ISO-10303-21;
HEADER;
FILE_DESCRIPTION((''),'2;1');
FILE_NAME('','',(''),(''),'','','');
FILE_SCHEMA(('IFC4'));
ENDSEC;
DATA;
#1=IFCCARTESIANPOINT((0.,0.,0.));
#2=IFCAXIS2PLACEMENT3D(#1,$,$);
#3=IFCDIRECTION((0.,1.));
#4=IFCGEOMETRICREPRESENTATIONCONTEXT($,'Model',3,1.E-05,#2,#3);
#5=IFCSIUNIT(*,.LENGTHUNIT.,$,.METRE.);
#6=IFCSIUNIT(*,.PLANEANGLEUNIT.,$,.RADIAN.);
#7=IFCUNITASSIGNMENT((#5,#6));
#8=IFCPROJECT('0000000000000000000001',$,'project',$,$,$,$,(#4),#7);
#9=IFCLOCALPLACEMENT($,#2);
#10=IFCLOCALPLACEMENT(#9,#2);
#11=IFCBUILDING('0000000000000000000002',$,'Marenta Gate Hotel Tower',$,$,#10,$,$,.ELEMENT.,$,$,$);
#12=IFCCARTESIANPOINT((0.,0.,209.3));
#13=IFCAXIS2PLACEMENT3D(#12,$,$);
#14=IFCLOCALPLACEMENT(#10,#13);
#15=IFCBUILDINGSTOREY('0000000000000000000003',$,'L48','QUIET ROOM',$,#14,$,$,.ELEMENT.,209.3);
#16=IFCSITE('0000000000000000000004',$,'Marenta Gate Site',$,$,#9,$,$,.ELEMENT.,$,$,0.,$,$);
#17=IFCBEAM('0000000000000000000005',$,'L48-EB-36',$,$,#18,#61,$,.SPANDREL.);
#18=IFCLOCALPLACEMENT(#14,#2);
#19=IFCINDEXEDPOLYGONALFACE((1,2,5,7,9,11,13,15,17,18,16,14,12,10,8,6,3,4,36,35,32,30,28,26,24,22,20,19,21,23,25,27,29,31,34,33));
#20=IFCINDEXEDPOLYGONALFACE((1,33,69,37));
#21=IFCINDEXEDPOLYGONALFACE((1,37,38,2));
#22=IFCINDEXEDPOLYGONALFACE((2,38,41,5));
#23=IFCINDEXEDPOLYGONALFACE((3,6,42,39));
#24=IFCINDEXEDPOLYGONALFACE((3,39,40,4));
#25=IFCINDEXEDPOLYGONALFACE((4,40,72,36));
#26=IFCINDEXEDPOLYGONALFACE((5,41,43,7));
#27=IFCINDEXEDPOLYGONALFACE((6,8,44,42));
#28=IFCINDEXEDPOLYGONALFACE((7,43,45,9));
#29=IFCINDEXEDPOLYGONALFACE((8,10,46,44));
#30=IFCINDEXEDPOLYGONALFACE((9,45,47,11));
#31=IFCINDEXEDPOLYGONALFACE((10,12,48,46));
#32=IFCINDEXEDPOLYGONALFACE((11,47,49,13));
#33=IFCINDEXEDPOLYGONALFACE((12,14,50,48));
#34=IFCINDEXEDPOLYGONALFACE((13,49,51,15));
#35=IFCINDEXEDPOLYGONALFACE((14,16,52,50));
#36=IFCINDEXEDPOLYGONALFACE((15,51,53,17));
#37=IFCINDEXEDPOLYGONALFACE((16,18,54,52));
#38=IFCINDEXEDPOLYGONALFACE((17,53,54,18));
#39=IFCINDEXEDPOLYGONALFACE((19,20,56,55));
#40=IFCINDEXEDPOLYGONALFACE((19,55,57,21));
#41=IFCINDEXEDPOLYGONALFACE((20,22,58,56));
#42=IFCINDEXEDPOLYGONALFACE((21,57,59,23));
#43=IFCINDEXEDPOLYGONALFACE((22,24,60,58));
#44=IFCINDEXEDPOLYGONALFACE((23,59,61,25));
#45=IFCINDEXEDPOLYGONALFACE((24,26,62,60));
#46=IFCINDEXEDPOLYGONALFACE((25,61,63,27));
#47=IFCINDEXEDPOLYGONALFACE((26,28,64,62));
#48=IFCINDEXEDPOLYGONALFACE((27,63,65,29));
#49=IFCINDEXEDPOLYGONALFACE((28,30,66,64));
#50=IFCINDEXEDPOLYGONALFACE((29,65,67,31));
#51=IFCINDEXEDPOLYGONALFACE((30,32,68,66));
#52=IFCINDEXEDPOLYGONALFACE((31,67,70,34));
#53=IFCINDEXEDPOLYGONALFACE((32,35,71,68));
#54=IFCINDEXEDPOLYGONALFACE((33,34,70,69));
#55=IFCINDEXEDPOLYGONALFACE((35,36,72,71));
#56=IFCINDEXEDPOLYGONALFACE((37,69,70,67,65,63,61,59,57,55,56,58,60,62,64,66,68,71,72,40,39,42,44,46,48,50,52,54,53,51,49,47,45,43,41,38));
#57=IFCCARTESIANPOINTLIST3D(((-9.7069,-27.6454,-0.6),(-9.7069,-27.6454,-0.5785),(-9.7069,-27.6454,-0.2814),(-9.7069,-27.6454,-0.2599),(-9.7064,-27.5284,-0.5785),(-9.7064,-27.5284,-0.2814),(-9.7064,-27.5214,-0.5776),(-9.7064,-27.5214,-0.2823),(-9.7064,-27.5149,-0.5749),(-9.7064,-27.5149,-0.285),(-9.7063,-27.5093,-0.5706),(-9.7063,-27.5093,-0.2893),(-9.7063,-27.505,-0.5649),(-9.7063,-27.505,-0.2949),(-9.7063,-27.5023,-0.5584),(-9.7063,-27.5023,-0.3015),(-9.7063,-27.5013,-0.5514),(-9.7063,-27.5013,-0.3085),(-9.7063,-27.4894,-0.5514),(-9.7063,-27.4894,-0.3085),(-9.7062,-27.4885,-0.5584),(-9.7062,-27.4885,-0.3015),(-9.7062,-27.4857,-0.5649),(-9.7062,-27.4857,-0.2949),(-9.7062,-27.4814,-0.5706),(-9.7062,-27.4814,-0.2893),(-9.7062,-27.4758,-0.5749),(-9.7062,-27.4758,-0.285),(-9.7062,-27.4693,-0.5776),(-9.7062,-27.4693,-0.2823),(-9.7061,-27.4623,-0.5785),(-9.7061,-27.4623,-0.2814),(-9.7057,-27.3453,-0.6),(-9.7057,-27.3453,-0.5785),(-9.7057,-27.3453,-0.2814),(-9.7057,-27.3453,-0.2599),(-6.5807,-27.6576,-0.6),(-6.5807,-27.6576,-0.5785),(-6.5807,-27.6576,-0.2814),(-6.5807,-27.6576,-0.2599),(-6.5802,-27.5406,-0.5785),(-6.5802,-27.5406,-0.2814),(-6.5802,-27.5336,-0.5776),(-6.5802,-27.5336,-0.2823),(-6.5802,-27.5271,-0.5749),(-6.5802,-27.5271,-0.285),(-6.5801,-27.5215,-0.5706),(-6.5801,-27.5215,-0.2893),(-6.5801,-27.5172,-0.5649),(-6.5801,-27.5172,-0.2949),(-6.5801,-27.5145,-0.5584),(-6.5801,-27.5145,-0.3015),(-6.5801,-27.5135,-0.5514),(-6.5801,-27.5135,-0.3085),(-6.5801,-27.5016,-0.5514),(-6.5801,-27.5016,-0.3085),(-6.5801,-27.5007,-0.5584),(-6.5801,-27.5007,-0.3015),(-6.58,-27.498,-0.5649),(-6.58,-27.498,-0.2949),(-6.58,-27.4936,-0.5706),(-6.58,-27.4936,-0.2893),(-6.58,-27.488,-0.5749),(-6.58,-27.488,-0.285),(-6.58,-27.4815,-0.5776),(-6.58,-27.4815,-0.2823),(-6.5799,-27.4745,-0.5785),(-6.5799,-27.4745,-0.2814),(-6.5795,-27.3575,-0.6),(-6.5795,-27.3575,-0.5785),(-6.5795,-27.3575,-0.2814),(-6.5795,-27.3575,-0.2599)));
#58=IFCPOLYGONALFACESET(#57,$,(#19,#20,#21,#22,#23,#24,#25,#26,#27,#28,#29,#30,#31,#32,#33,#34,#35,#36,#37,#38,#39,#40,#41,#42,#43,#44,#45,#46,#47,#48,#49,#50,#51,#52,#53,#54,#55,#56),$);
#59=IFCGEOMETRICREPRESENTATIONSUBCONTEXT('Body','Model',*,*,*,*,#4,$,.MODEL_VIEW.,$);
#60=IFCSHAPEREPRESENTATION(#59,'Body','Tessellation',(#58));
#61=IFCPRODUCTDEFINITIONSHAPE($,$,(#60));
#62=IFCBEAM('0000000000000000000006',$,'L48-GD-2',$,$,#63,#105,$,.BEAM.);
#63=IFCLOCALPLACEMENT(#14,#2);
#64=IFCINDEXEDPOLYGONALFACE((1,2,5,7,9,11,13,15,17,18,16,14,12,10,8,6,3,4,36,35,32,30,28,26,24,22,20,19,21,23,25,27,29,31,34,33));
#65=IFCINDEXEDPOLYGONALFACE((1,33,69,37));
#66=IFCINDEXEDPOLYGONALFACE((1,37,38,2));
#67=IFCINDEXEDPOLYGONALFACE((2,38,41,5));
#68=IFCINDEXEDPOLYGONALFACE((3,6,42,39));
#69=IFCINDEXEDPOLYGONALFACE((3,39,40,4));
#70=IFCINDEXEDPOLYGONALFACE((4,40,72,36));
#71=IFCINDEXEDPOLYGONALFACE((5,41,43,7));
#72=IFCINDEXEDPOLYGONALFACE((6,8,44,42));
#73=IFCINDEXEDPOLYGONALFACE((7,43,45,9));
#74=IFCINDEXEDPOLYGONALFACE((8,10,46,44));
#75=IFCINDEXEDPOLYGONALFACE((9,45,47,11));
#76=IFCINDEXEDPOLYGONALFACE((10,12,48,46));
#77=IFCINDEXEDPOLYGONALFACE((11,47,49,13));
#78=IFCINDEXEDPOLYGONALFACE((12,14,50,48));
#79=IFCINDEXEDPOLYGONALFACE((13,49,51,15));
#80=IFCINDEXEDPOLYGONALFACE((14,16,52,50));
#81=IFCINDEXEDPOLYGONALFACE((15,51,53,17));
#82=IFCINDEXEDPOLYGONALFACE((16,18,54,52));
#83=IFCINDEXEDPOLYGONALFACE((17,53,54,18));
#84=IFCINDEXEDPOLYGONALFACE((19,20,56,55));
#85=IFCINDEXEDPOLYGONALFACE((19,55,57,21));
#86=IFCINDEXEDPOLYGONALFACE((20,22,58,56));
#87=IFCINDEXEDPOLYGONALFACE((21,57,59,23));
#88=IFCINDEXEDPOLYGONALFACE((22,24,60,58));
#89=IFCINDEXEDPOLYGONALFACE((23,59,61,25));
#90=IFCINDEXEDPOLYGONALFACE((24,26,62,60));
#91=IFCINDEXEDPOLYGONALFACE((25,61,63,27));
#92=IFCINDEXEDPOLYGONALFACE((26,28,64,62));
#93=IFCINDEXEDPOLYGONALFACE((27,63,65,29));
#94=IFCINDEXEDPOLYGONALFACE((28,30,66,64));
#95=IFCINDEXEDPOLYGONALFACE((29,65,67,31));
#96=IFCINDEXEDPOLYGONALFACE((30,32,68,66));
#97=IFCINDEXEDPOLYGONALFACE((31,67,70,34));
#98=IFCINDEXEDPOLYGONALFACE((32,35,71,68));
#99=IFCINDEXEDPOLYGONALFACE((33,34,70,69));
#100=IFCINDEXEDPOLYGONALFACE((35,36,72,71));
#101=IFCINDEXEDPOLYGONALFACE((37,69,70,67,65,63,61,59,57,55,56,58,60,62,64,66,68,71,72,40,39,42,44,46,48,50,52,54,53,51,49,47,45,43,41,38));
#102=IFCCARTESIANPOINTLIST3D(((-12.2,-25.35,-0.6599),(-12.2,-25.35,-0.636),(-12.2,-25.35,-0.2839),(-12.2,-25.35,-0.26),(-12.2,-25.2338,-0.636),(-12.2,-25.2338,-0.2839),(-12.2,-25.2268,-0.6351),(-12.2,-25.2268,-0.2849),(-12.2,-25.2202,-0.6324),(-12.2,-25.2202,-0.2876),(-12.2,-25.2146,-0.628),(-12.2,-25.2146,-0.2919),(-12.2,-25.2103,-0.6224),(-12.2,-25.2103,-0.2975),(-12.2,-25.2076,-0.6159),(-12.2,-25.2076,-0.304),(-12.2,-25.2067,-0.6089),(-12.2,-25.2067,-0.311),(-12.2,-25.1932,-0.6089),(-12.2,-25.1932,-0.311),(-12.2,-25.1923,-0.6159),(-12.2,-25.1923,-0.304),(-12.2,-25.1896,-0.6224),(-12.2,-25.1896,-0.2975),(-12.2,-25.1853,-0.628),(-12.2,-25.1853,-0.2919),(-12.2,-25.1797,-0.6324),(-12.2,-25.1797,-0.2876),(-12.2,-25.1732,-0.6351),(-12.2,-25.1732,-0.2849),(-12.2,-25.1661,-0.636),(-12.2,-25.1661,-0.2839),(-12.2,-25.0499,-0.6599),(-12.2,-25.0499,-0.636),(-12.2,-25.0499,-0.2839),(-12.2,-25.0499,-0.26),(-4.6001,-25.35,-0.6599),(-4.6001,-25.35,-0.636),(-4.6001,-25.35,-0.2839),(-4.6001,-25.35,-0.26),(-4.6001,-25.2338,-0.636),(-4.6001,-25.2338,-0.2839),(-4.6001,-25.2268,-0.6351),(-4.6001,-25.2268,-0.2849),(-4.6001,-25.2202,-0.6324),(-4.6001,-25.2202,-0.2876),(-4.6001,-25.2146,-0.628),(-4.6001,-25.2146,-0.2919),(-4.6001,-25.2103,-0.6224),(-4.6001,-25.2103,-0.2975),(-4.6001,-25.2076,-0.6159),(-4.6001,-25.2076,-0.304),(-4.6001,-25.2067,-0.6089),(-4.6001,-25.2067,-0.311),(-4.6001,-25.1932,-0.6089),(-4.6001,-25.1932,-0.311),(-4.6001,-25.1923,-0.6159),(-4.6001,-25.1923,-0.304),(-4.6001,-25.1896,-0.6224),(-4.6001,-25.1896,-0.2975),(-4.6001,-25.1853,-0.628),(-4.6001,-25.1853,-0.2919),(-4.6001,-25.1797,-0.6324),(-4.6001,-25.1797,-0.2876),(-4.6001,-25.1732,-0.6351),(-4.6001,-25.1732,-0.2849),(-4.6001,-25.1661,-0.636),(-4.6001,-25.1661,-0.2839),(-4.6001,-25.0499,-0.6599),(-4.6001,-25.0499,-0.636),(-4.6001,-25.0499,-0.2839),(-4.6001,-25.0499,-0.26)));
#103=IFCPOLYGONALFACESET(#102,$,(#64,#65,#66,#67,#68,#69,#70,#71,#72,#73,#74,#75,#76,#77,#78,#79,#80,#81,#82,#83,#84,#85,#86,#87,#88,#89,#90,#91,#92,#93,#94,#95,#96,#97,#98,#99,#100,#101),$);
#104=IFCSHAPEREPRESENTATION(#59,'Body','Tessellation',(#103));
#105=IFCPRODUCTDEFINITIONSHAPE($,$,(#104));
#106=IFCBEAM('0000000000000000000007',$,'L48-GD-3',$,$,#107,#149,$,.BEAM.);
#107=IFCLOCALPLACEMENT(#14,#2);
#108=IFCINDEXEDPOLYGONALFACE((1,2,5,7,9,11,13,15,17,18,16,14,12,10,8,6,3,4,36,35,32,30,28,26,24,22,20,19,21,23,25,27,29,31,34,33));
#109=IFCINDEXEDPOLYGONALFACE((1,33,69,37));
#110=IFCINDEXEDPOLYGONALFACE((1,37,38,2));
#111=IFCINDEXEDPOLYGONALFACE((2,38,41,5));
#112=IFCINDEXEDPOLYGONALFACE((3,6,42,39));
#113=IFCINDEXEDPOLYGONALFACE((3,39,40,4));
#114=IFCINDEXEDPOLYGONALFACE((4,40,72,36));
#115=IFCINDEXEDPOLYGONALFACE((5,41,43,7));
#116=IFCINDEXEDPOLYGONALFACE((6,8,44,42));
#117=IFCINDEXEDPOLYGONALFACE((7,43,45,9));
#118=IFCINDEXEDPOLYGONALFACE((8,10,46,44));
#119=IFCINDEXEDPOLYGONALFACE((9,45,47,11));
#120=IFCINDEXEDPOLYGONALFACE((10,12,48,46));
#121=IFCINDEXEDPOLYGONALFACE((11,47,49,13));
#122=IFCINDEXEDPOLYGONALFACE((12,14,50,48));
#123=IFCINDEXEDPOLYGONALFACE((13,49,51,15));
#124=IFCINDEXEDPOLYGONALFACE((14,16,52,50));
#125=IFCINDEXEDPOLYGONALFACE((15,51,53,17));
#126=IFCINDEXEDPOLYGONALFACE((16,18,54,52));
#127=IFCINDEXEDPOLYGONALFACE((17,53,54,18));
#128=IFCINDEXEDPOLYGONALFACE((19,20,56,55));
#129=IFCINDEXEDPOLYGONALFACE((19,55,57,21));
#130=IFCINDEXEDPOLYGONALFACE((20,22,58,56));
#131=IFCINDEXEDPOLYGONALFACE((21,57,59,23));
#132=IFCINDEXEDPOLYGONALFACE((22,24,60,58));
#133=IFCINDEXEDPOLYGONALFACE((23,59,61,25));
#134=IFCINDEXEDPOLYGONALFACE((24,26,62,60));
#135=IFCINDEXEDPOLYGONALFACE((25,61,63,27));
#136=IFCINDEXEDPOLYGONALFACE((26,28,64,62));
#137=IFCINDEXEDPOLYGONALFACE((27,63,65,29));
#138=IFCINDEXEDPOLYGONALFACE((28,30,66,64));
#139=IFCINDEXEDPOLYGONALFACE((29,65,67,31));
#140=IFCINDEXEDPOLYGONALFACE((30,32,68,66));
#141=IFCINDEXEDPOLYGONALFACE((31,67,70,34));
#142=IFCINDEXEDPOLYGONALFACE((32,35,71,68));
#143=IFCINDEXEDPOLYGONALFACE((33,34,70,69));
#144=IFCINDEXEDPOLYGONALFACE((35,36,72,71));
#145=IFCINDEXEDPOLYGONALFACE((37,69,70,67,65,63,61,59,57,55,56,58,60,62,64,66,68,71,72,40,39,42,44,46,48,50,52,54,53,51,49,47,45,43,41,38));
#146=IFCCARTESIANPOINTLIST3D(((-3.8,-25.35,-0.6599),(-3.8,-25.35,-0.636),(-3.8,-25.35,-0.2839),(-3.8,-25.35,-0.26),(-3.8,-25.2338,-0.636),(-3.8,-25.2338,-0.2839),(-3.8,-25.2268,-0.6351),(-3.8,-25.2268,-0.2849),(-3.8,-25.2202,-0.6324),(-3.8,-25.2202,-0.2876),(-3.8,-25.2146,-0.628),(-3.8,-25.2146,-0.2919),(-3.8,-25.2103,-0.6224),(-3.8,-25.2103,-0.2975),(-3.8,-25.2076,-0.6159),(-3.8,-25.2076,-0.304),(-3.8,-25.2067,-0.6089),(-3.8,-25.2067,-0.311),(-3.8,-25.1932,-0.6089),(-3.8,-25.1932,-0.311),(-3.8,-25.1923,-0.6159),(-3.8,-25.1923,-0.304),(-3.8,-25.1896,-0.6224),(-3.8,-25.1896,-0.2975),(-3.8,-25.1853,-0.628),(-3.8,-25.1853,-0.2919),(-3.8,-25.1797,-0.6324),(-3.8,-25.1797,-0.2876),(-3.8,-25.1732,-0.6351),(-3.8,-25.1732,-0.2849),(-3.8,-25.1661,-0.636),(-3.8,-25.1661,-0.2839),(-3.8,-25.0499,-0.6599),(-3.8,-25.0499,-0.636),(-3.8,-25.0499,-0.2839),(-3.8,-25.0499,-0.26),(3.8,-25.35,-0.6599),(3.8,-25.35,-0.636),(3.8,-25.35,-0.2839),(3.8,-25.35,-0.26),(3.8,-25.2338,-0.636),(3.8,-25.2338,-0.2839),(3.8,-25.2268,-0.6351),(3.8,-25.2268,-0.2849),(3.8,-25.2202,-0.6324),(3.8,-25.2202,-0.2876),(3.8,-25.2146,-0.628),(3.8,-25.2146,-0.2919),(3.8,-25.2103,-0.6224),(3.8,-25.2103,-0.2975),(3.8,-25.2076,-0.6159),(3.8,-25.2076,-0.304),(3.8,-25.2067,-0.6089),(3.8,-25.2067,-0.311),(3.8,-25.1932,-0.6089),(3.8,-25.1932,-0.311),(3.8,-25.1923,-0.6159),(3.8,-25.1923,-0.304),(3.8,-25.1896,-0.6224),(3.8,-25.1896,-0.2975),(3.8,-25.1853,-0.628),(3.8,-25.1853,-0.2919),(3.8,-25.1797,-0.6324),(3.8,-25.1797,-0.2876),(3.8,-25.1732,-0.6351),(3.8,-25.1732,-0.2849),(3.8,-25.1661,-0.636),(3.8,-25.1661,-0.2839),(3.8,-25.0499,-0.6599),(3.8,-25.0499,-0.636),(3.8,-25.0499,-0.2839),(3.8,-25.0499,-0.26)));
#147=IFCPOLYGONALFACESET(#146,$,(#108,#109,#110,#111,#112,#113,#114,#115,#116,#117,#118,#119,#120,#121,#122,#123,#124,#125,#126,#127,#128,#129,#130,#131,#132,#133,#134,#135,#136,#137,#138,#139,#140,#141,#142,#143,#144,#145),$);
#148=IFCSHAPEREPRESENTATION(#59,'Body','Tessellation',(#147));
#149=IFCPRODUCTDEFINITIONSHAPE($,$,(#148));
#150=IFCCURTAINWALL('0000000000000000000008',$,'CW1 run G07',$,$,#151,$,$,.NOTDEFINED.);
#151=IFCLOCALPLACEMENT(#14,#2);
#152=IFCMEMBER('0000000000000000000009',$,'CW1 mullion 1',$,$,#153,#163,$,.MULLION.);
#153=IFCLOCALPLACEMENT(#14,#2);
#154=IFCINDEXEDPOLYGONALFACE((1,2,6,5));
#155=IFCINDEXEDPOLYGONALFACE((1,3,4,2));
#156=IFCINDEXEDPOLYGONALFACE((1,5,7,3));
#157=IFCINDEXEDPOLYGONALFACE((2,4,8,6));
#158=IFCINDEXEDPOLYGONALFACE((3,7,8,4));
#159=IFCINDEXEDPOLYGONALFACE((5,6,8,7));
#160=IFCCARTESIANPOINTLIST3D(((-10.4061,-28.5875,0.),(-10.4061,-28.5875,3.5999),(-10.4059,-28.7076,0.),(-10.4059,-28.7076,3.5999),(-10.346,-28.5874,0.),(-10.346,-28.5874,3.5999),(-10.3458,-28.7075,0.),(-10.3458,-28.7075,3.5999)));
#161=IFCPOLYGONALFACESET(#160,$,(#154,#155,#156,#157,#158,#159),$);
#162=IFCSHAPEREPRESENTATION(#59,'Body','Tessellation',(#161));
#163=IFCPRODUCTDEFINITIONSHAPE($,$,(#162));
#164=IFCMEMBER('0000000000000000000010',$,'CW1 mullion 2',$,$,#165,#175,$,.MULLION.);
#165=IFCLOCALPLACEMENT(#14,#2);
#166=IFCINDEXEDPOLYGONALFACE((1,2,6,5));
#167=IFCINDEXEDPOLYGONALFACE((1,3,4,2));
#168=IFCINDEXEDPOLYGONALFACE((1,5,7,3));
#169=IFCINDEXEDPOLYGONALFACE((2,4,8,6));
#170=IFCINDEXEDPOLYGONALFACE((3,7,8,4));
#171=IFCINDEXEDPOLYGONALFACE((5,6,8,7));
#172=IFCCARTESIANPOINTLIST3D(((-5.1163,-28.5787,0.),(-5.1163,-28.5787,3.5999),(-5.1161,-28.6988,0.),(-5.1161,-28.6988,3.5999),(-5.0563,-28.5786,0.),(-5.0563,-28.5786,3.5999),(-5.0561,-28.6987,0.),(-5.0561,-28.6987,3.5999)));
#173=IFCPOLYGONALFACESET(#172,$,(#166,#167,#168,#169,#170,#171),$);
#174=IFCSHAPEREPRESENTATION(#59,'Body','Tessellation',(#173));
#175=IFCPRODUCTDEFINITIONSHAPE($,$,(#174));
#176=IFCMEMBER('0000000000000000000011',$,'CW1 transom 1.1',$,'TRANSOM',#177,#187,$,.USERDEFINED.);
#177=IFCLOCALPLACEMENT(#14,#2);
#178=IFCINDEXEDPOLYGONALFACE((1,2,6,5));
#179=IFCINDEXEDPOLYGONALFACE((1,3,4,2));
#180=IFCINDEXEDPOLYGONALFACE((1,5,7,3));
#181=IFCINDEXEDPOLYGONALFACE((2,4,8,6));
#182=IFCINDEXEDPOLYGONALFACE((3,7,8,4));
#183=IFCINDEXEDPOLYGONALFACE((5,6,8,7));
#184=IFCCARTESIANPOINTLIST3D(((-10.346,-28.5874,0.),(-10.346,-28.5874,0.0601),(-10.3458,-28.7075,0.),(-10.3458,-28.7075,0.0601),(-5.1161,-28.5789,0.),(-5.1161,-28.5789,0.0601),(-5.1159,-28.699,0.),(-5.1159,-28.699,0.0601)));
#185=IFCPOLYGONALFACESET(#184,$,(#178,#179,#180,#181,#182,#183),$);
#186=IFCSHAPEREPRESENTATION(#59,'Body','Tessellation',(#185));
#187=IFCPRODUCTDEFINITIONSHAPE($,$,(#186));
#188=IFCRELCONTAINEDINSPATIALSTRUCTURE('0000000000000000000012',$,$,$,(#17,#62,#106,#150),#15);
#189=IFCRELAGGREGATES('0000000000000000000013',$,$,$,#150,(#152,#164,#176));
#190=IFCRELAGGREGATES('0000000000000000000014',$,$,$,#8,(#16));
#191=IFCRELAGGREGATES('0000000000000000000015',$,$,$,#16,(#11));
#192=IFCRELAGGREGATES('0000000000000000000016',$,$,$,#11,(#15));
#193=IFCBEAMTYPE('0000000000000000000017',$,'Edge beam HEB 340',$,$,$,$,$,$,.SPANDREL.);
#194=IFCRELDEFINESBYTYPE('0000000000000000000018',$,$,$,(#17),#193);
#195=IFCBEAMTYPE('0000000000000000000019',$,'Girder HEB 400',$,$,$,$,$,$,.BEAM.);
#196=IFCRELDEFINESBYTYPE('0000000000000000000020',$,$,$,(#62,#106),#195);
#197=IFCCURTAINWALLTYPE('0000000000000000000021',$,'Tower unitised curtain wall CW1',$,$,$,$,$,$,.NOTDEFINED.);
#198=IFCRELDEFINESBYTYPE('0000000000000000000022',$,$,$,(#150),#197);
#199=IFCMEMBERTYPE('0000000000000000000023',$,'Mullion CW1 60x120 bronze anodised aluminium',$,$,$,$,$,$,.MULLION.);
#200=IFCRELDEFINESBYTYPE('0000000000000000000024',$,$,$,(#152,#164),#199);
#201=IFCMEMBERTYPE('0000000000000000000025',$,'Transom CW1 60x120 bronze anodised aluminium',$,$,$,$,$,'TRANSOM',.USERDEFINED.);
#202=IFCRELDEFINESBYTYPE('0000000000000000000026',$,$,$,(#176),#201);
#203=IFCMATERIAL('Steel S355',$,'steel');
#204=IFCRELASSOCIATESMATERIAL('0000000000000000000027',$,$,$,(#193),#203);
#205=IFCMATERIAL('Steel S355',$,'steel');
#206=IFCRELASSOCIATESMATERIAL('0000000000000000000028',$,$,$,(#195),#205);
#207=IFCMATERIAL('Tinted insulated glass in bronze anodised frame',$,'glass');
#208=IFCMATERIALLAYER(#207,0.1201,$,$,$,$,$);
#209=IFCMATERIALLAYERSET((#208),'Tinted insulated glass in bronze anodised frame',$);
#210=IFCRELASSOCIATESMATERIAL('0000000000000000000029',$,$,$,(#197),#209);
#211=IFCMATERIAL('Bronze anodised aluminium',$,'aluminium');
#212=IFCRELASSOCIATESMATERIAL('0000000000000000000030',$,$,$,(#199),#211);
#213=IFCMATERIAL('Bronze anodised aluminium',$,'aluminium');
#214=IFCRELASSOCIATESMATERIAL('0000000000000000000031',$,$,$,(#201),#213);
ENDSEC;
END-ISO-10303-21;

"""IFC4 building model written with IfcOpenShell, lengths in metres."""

from ifc_helpers import new_model, si_unit, direction, frame, origin, origin_2d, place, context, subcontext, project, spatial, rectangle, i_section, extrude, material, layer, layer_set, material_profile, profile_set, type_object, element, aggregate, save


model = new_model("IFC4")

# Units and contexts
model_context = context("Model", 3, precision=1e-05, world=origin(), true_north=direction((0.0, 1.0)))
body_context = subcontext(model_context, "Body", "Model", "MODEL_VIEW")
ifc_project = project(units=[si_unit("LENGTHUNIT", "METRE"), si_unit("PLANEANGLEUNIT", "RADIAN")], contexts=[model_context])

# Site, building, storey
site_placement = place(None, origin())
site = spatial("IfcSite", under=ifc_project, at=site_placement, Name="Marenta Gate Site", CompositionType="ELEMENT", RefElevation=0.0)
building_placement = place(site_placement, origin())
building = spatial("IfcBuilding", under=site, at=building_placement, Name="Marenta Gate Hotel Tower", CompositionType="ELEMENT")
storey_placement = place(building_placement, frame((0.0, 0.0, 209.3)))
storey = spatial("IfcBuildingStorey", under=building, at=storey_placement, Name="L48", Description="QUIET ROOM", CompositionType="ELEMENT", Elevation=209.3)

# Beams
ifc_material_1 = material(Name="Steel S355", Category="steel")
ifc_material_profile_1 = material_profile(ifc_material_1, i_section(OverallWidth=0.3, OverallDepth=0.3401, WebThickness=0.012, FlangeThickness=0.0215, FilletRadius=0.0271, at=origin_2d()), Name="HEB 340")
ifc_profile_set_1 = profile_set([ifc_material_profile_1], Name="Steel S355")
beam_type_1 = type_object("IfcBeamType", Name="Edge beam HEB 340", PredefinedType="SPANDREL", material=ifc_profile_set_1)
beam_1_placement = place(storey_placement, frame((-6.5801, -27.5076, -0.4299), z_axis=(-0.999992, 0.003905, 0.0), x_axis=(-0.003905, -0.999992, 0.0)))
element("IfcBeam", 1, at=beam_1_placement, inside=storey, type_object=beam_type_1, Name="L48-EB-36", PredefinedType="SPANDREL", context=body_context, shape_type="SweptSolid", body=[
    extrude(i_section(OverallWidth=0.3, OverallDepth=0.3401, WebThickness=0.012, FlangeThickness=0.0215, FilletRadius=0.0271, at=origin_2d()), origin(), (0.0, 0.0, 1.0), 3.1262),
])
ifc_material_2 = material(Name="Steel S355", Category="steel")
ifc_material_profile_2 = material_profile(ifc_material_2, i_section(OverallWidth=0.3, OverallDepth=0.3999, WebThickness=0.0134, FlangeThickness=0.0239, FilletRadius=0.0271, at=origin_2d()), Name="HEB 400")
ifc_profile_set_2 = profile_set([ifc_material_profile_2], Name="Steel S355")
beam_type_2 = type_object("IfcBeamType", Name="Girder HEB 400", PredefinedType="BEAM", material=ifc_profile_set_2)
beam_2_placement = place(storey_placement, frame((-12.2, -25.2, -0.46), z_axis=(1.0, 0.0, 0.0), x_axis=(0.0, 1.0, 0.0)))
element("IfcBeam", 2, at=beam_2_placement, inside=storey, type_object=beam_type_2, Name="L48-GD-2", PredefinedType="BEAM", context=body_context, shape_type="SweptSolid", body=[
    extrude(i_section(OverallWidth=0.3, OverallDepth=0.3999, WebThickness=0.0134, FlangeThickness=0.0239, FilletRadius=0.0271, at=origin_2d()), origin(), (0.0, 0.0, 1.0), 7.5999),
])
beam_3_placement = place(storey_placement, frame((-3.8, -25.2, -0.46), z_axis=(1.0, 0.0, 0.0), x_axis=(0.0, 1.0, 0.0)))
element("IfcBeam", 3, at=beam_3_placement, inside=storey, type_object=beam_type_2, Name="L48-GD-3", PredefinedType="BEAM", context=body_context, shape_type="SweptSolid", body=[
    extrude(i_section(OverallWidth=0.3, OverallDepth=0.3999, WebThickness=0.0134, FlangeThickness=0.0239, FilletRadius=0.0271, at=origin_2d()), origin(), (0.0, 0.0, 1.0), 7.6001),
])

# Curtain wall, members
ifc_material_3 = material(Name="Tinted insulated glass in bronze anodised frame", Category="glass")
ifc_layer_1 = layer(ifc_material_3, 0.1201)
ifc_layer_set_1 = layer_set([ifc_layer_1], Name="Tinted insulated glass in bronze anodised frame")
curtain_wall_type = type_object("IfcCurtainWallType", Name="Tower unitised curtain wall CW1", PredefinedType="NOTDEFINED", material=ifc_layer_set_1)
curtain_wall_1_placement = place(storey_placement, origin())
curtain_wall_1 = element("IfcCurtainWall", 4, at=curtain_wall_1_placement, inside=storey, type_object=curtain_wall_type, Name="CW1 run G07", PredefinedType="NOTDEFINED")
ifc_material_4 = material(Name="Bronze anodised aluminium", Category="aluminium")
ifc_material_profile_3 = material_profile(ifc_material_4, rectangle(XDim=0.1201, YDim=0.0601, at=origin_2d()), Name="Mullion CW1 60x120 bronze anodised aluminium")
ifc_profile_set_3 = profile_set([ifc_material_profile_3], Name="Bronze anodised aluminium")
member_type_1 = type_object("IfcMemberType", Name="Mullion CW1 60x120 bronze anodised aluminium", PredefinedType="MULLION", material=ifc_profile_set_3)
member_1_placement = place(storey_placement, frame((-10.376, -28.6475, 0.0), z_axis=(0.0, 0.0, 1.0), x_axis=(-0.001645, 0.999999, 0.0)))
member_1 = element("IfcMember", 5, at=member_1_placement, type_object=member_type_1, Name="CW1 mullion 1", PredefinedType="MULLION", context=body_context, shape_type="SweptSolid", body=[
    extrude(rectangle(XDim=0.1201, YDim=0.0601, at=origin_2d()), origin(), (0.0, 0.0, 1.0), 3.5999),
])
member_2_placement = place(storey_placement, frame((-5.0862, -28.6387, 0.0), z_axis=(0.0, 0.0, 1.0), x_axis=(-0.001645, 0.999999, 0.0)))
member_2 = element("IfcMember", 6, at=member_2_placement, type_object=member_type_1, Name="CW1 mullion 2", PredefinedType="MULLION", context=body_context, shape_type="SweptSolid", body=[
    extrude(rectangle(XDim=0.1201, YDim=0.0601, at=origin_2d()), origin(), (0.0, 0.0, 1.0), 3.5999),
])
ifc_material_5 = material(Name="Bronze anodised aluminium", Category="aluminium")
ifc_material_profile_4 = material_profile(ifc_material_5, rectangle(XDim=0.1201, YDim=0.0601, at=origin_2d()), Name="Transom CW1 60x120 bronze anodised aluminium")
ifc_profile_set_4 = profile_set([ifc_material_profile_4], Name="Bronze anodised aluminium")
member_type_2 = type_object("IfcMemberType", Name="Transom CW1 60x120 bronze anodised aluminium", ElementType="TRANSOM", PredefinedType="USERDEFINED", material=ifc_profile_set_4)
member_3_placement = place(storey_placement, frame((-10.3459, -28.6475, 0.03), z_axis=(0.999999, 0.001634, 0.0), x_axis=(-0.001634, 0.999999, 0.0)))
member_3 = element("IfcMember", 7, at=member_3_placement, type_object=member_type_2, Name="CW1 transom 1.1", ObjectType="TRANSOM", PredefinedType="USERDEFINED", context=body_context, shape_type="SweptSolid", body=[
    extrude(rectangle(XDim=0.1201, YDim=0.0601, at=origin_2d()), origin(), (0.0, 0.0, 1.0), 5.23),
])

aggregate(curtain_wall_1, [member_1, member_2, member_3])

save(model, "model.ifc")
